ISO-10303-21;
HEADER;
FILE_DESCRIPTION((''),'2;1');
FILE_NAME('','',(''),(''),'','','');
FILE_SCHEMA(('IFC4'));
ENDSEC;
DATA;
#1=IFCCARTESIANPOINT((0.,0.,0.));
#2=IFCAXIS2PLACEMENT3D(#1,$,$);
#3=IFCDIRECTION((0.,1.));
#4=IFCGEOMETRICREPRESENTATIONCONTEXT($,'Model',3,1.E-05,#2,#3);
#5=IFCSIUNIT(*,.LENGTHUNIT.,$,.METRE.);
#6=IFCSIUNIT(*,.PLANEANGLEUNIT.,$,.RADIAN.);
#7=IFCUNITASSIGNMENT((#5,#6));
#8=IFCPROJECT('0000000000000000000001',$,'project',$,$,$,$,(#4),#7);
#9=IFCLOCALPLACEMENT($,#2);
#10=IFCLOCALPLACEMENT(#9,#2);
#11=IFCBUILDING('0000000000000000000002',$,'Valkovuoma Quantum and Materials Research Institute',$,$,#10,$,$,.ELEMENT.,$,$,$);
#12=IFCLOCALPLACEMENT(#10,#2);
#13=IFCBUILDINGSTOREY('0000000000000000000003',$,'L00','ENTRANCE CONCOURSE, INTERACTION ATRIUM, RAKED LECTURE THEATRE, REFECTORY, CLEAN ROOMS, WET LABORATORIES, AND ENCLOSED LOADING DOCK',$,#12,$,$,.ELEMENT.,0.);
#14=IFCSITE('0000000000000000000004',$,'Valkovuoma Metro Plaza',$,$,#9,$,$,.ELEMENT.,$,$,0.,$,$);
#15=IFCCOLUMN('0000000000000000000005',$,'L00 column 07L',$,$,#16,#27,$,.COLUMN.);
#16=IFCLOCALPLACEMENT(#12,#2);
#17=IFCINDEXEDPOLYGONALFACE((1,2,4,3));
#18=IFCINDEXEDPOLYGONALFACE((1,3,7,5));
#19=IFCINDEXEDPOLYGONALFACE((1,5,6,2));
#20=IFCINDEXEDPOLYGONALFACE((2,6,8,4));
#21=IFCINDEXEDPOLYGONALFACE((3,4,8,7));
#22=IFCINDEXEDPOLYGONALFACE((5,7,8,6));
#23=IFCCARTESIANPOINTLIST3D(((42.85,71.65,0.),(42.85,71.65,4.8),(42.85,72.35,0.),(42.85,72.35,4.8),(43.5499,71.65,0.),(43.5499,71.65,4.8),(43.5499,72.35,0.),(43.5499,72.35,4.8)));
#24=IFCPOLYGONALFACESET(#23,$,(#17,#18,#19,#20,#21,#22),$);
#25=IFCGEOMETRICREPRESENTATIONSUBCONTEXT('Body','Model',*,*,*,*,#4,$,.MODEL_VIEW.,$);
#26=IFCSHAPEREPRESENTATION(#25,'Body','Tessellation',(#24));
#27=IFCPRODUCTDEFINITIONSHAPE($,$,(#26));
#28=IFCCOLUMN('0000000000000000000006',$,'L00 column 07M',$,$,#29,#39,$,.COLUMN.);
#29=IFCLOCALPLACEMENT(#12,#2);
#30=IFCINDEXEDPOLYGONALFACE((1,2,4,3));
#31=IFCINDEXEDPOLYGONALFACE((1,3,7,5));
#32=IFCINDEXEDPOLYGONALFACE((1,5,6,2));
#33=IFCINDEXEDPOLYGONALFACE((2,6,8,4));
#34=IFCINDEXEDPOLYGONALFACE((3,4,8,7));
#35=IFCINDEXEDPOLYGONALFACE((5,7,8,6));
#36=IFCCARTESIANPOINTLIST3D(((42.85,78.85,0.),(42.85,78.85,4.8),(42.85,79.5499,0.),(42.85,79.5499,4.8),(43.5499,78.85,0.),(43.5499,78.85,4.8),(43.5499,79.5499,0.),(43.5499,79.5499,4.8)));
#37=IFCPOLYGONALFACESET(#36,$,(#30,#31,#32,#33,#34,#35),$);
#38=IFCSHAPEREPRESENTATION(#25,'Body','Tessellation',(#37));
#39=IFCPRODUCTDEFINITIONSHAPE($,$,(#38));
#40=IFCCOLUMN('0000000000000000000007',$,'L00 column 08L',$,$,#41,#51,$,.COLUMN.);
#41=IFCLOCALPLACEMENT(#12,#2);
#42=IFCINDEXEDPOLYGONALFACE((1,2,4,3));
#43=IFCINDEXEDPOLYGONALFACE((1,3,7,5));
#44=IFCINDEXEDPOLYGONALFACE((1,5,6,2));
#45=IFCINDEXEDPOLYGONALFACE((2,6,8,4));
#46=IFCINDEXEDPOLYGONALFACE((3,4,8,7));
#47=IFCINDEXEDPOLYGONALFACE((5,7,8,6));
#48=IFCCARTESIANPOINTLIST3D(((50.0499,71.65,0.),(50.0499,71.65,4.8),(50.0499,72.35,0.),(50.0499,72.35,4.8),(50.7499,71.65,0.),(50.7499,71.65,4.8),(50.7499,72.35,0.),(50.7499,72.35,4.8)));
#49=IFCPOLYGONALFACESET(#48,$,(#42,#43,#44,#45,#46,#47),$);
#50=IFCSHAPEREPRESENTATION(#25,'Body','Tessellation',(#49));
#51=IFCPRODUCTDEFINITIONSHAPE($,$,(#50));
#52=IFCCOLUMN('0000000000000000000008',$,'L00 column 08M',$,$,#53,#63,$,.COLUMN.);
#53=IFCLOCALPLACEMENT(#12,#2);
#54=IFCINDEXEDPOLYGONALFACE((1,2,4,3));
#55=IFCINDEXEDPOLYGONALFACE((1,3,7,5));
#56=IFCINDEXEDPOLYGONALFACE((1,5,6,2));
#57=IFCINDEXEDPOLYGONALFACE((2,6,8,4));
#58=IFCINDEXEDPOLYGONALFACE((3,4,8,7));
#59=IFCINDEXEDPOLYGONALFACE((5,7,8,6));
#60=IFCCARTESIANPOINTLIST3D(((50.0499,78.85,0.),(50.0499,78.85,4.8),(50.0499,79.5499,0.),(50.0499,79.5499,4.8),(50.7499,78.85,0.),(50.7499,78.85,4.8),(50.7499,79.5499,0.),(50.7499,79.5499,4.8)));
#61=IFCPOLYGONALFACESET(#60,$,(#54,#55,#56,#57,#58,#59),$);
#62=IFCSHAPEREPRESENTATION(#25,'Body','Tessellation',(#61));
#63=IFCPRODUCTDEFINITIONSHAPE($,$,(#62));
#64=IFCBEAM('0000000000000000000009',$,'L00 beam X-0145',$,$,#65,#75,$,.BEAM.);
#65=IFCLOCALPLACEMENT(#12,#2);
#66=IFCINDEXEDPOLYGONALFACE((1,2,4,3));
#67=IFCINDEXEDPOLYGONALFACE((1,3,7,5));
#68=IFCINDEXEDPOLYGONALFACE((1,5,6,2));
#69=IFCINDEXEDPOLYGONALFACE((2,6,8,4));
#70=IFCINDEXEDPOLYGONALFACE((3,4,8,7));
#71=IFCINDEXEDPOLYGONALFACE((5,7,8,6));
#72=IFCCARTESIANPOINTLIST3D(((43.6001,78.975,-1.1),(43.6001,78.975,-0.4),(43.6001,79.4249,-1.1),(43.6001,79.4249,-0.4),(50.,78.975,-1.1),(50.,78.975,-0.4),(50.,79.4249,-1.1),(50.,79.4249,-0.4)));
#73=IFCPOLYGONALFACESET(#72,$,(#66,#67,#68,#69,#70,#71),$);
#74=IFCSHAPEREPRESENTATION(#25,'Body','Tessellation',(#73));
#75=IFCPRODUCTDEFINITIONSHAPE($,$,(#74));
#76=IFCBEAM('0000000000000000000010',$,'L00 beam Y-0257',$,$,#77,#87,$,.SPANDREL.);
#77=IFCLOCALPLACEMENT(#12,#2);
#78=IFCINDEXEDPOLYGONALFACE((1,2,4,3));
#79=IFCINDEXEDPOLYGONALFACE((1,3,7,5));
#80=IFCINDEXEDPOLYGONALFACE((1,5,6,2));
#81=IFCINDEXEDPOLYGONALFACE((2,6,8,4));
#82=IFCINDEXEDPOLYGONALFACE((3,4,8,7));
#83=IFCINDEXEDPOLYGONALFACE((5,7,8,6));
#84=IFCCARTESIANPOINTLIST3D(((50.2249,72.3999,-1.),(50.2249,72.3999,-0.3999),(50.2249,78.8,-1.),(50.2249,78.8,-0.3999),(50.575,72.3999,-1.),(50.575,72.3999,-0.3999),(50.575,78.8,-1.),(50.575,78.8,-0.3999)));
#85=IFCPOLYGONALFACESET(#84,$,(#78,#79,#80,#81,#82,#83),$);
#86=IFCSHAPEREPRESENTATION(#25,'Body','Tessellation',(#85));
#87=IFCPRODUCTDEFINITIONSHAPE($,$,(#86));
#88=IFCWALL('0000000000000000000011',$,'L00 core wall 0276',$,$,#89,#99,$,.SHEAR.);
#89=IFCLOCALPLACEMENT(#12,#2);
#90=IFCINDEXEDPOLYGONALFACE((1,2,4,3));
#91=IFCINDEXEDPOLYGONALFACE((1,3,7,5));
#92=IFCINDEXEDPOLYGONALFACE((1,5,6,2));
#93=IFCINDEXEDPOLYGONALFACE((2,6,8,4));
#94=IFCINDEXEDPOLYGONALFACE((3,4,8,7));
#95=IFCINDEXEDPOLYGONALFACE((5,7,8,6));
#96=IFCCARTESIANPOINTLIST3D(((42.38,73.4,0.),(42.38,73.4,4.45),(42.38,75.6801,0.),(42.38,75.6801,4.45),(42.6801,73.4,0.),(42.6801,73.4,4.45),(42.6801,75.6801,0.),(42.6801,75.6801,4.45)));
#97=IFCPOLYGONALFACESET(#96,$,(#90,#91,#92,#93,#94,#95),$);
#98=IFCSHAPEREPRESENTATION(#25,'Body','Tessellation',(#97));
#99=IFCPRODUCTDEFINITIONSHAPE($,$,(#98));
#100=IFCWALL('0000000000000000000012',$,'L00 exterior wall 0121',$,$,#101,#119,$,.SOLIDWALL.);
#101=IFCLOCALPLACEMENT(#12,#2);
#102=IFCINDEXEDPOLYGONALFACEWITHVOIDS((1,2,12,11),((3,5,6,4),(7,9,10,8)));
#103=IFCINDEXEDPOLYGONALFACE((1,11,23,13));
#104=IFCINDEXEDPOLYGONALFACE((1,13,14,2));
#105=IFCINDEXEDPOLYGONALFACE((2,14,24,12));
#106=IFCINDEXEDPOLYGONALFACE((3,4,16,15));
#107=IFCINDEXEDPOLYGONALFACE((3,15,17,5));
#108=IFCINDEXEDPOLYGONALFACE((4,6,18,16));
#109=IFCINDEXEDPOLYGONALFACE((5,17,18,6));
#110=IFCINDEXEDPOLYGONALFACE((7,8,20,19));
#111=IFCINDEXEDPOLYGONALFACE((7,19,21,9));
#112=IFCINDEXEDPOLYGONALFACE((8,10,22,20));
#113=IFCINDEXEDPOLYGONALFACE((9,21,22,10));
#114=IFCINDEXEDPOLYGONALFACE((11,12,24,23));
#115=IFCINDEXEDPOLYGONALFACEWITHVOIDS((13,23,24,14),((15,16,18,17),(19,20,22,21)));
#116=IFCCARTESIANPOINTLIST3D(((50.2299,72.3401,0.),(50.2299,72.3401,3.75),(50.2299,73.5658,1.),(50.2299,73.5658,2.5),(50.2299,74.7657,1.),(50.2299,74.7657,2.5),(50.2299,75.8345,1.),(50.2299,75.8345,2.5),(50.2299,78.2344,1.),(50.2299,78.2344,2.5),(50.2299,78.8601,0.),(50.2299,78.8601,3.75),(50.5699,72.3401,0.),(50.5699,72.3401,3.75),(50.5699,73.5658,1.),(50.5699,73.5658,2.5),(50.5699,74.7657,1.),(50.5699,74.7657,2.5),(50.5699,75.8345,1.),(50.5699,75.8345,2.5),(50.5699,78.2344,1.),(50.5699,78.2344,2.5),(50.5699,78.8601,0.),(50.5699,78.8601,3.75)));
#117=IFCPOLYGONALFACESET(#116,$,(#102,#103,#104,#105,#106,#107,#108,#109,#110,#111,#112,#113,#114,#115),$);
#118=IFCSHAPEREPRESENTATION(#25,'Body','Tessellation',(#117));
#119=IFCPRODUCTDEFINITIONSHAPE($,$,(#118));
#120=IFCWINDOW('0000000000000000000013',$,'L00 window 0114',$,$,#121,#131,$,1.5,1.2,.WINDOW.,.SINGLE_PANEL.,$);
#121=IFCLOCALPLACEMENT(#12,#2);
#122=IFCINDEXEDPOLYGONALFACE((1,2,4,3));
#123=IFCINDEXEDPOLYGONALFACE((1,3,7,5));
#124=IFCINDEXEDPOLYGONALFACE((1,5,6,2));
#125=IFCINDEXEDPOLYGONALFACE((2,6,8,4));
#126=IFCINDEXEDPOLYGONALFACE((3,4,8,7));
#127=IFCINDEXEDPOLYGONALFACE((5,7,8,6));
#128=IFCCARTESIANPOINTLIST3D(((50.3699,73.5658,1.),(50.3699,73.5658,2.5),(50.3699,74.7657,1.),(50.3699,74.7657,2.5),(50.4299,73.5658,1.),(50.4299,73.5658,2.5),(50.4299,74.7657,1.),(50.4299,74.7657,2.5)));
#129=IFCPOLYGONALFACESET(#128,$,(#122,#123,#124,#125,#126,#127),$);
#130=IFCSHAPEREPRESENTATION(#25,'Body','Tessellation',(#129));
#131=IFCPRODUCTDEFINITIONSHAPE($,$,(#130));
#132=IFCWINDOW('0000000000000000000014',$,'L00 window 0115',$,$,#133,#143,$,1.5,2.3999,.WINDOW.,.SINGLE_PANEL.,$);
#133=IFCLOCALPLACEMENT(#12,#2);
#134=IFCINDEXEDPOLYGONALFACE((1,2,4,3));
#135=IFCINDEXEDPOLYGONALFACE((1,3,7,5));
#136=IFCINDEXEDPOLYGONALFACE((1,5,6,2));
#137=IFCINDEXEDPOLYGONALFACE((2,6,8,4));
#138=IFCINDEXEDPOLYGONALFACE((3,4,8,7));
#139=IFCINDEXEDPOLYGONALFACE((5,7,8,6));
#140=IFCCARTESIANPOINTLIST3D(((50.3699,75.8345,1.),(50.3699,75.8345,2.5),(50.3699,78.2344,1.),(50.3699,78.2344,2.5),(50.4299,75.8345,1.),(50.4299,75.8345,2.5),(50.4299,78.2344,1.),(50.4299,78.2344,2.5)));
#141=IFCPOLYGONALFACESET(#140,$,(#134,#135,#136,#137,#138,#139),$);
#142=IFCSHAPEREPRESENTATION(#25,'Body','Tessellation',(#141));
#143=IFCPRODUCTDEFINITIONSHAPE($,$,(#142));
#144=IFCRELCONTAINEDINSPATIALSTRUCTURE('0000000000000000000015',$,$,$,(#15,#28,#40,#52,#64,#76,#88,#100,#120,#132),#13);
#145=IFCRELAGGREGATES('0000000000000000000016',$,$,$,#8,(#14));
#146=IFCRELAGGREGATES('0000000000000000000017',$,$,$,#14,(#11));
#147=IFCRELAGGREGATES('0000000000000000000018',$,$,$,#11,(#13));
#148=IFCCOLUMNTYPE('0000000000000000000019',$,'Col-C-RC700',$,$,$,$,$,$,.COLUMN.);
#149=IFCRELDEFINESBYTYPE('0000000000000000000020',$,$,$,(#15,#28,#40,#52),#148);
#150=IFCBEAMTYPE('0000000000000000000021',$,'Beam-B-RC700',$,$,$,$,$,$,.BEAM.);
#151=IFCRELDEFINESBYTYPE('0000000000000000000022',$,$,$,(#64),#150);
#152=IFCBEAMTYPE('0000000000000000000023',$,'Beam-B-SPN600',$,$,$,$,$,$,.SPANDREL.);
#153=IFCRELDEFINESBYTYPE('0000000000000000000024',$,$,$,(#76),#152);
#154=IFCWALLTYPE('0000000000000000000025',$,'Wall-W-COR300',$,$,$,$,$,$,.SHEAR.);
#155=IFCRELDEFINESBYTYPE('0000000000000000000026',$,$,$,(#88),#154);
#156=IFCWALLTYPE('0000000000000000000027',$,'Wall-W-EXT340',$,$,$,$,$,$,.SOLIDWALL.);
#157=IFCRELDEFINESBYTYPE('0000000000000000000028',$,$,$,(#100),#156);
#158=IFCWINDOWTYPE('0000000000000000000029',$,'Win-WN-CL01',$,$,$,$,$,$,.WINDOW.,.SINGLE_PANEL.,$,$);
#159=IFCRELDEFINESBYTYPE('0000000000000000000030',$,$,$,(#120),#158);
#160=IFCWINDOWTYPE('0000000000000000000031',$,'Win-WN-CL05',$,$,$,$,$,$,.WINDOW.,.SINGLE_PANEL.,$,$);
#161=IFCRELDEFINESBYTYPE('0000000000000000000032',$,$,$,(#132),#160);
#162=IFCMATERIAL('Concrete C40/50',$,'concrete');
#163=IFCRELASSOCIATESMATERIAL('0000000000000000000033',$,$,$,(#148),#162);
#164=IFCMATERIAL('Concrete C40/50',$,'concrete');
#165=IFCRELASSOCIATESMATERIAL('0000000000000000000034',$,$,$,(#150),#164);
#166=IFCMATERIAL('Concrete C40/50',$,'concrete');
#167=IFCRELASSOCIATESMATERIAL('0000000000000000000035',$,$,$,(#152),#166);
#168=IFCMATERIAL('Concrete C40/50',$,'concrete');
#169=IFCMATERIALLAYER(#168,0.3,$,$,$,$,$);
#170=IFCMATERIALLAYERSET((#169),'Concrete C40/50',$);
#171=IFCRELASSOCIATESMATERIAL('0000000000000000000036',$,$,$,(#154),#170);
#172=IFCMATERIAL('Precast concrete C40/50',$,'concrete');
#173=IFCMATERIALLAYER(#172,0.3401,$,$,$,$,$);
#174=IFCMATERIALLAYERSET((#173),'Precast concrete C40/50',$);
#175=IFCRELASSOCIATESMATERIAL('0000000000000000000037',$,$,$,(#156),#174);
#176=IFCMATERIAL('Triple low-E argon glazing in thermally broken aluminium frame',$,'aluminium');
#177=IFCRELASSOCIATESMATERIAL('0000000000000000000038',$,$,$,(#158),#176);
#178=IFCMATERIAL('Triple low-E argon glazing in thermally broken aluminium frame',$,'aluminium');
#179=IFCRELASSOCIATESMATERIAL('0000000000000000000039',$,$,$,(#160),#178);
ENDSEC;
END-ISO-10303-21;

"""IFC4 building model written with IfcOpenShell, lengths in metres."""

from ifc_helpers import new_model, si_unit, direction, frame, frame_2d, origin, origin_2d, place, context, subcontext, project, spatial, rectangle, extrude, material, layer, layer_set, material_profile, profile_set, type_object, element, fill, save


model = new_model("IFC4")

# Units and contexts
model_context = context("Model", 3, precision=1e-05, world=origin(), true_north=direction((0.0, 1.0)))
body_context = subcontext(model_context, "Body", "Model", "MODEL_VIEW")
ifc_project = project(units=[si_unit("LENGTHUNIT", "METRE"), si_unit("PLANEANGLEUNIT", "RADIAN")], contexts=[model_context])

# Site, building, storey
site_placement = place(None, origin())
site = spatial("IfcSite", under=ifc_project, at=site_placement, Name="Valkovuoma Metro Plaza", CompositionType="ELEMENT", RefElevation=0.0)
building_placement = place(site_placement, origin())
building = spatial("IfcBuilding", under=site, at=building_placement, Name="Valkovuoma Quantum and Materials Research Institute", CompositionType="ELEMENT")
storey_placement = place(building_placement, origin())
storey = spatial("IfcBuildingStorey", under=building, at=storey_placement, Name="L00", Description="ENTRANCE CONCOURSE, INTERACTION ATRIUM, RAKED LECTURE THEATRE, REFECTORY, CLEAN ROOMS, WET LABORATORIES, AND ENCLOSED LOADING DOCK", CompositionType="ELEMENT", Elevation=0.0)

# Columns
ifc_material_1 = material(Name="Concrete C40/50", Category="concrete")
ifc_material_profile_1 = material_profile(ifc_material_1, rectangle(XDim=0.7, YDim=0.7, at=origin_2d()), Name="Concrete C40/50")
ifc_profile_set_1 = profile_set([ifc_material_profile_1], Name="Concrete C40/50")
column_type = type_object("IfcColumnType", Name="Col-C-RC700", PredefinedType="COLUMN", material=ifc_profile_set_1)
for number, where, z_axis, x_axis, name in (
    (1, (43.2, 72.0, 0.0), (0.0, 0.0, 1.0), (1.0, 0.0, 0.0), "L00 column 07L"),
    (2, (43.2, 79.2, 0.0), (0.0, 0.0, 1.0), (1.0, 0.0, 0.0), "L00 column 07M"),
    (3, (50.3999, 72.0, 0.0), (0.0, 0.0, 1.0), (1.0, 0.0, 0.0), "L00 column 08L"),
    (4, (50.3999, 79.2, 0.0), (0.0, 0.0, 1.0), (1.0, 0.0, 0.0), "L00 column 08M"),
):
    element("IfcColumn", number, at=place(storey_placement, frame(where, z_axis=z_axis, x_axis=x_axis)), inside=storey, type_object=column_type, Name=name, PredefinedType="COLUMN", context=body_context, shape_type="SweptSolid", body=[
        extrude(rectangle(XDim=0.7, YDim=0.7, at=origin_2d()), origin(), (0.0, 0.0, 1.0), 4.8),
    ])

# Beams
ifc_material_2 = material(Name="Concrete C40/50", Category="concrete")
ifc_material_profile_2 = material_profile(ifc_material_2, rectangle(XDim=0.45, YDim=0.7, at=origin_2d()), Name="Concrete C40/50")
ifc_profile_set_2 = profile_set([ifc_material_profile_2], Name="Concrete C40/50")
beam_type_1 = type_object("IfcBeamType", Name="Beam-B-RC700", PredefinedType="BEAM", material=ifc_profile_set_2)
beam_1_placement = place(storey_placement, frame((43.6001, 79.2, -0.75), z_axis=(1.0, 0.0, 0.0), x_axis=(0.0, 1.0, 0.0)))
element("IfcBeam", 5, at=beam_1_placement, inside=storey, type_object=beam_type_1, Name="L00 beam X-0145", PredefinedType="BEAM", context=body_context, shape_type="SweptSolid", body=[
    extrude(rectangle(XDim=0.45, YDim=0.7, at=origin_2d()), origin(), (0.0, 0.0, 1.0), 6.3999),
])
ifc_material_3 = material(Name="Concrete C40/50", Category="concrete")
ifc_material_profile_3 = material_profile(ifc_material_3, rectangle(XDim=0.3501, YDim=0.6001, at=origin_2d()), Name="Concrete C40/50")
ifc_profile_set_3 = profile_set([ifc_material_profile_3], Name="Concrete C40/50")
beam_type_2 = type_object("IfcBeamType", Name="Beam-B-SPN600", PredefinedType="SPANDREL", material=ifc_profile_set_3)
beam_2_placement = place(storey_placement, frame((50.3999, 72.3999, -0.7), z_axis=(0.0, 1.0, 0.0), x_axis=(-1.0, 0.0, 0.0)))
element("IfcBeam", 6, at=beam_2_placement, inside=storey, type_object=beam_type_2, Name="L00 beam Y-0257", PredefinedType="SPANDREL", context=body_context, shape_type="SweptSolid", body=[
    extrude(rectangle(XDim=0.3501, YDim=0.6001, at=origin_2d()), origin(), (0.0, 0.0, 1.0), 6.4001),
])

# Wall
ifc_material_4 = material(Name="Concrete C40/50", Category="concrete")
ifc_layer_1 = layer(ifc_material_4, 0.3)
ifc_layer_set_1 = layer_set([ifc_layer_1], Name="Concrete C40/50")
wall_type_1 = type_object("IfcWallType", Name="Wall-W-COR300", PredefinedType="SHEAR", material=ifc_layer_set_1)
wall_1_placement = place(storey_placement, frame((42.53, 73.3999, 0.0), z_axis=(0.0, 0.0, 1.0), x_axis=(0.0, 1.0, 0.0)))
element("IfcWall", 7, at=wall_1_placement, inside=storey, type_object=wall_type_1, Name="L00 core wall 0276", PredefinedType="SHEAR", context=body_context, shape_type="SweptSolid", body=[
    extrude(rectangle(XDim=2.28, YDim=0.3, at=frame_2d((1.1401, 0.0))), origin(), (0.0, 0.0, 1.0), 4.45),
])

# Wall, openings, windows
ifc_material_5 = material(Name="Precast concrete C40/50", Category="concrete")
ifc_layer_2 = layer(ifc_material_5, 0.3401)
ifc_layer_set_2 = layer_set([ifc_layer_2], Name="Precast concrete C40/50")
wall_type_2 = type_object("IfcWallType", Name="Wall-W-EXT340", PredefinedType="SOLIDWALL", material=ifc_layer_set_2)
wall_2_placement = place(storey_placement, frame((50.3999, 72.3401, 0.0), z_axis=(0.0, 0.0, 1.0), x_axis=(0.0, 1.0, 0.0)))
wall_2 = element("IfcWall", 8, at=wall_2_placement, inside=storey, type_object=wall_type_2, Name="L00 exterior wall 0121", PredefinedType="SOLIDWALL", context=body_context, shape_type="SweptSolid", body=[
    extrude(rectangle(XDim=6.52, YDim=0.3401, at=frame_2d((3.26, 0.0))), origin(), (0.0, 0.0, 1.0), 3.75),
])
opening_1_placement = place(wall_2_placement, frame((1.2256, 0.0, 1.0)))
opening_1 = element("IfcOpeningElement", 9, at=opening_1_placement, cuts=wall_2, PredefinedType="OPENING", context=body_context, shape_type="SweptSolid", body=[
    extrude(rectangle(XDim=1.2, YDim=1.5, at=frame_2d((0.6001, 0.75))), frame((0.0, 0.1802, 0.0), z_axis=(0.0, -1.0, 0.0), x_axis=(1.0, 0.0, 0.0)), (0.0, 0.0, 1.0), 0.3601),
])
opening_2_placement = place(wall_2_placement, frame((3.4944, 0.0, 1.0)))
opening_2 = element("IfcOpeningElement", 10, at=opening_2_placement, cuts=wall_2, PredefinedType="OPENING", context=body_context, shape_type="SweptSolid", body=[
    extrude(rectangle(XDim=2.3999, YDim=1.5, at=frame_2d((1.2, 0.75))), frame((0.0, 0.1802, 0.0), z_axis=(0.0, -1.0, 0.0), x_axis=(1.0, 0.0, 0.0)), (0.0, 0.0, 1.0), 0.3601),
])
ifc_material_6 = material(Name="Triple low-E argon glazing in thermally broken aluminium frame", Category="aluminium")
window_type_1 = type_object("IfcWindowType", Name="Win-WN-CL01", PartitioningType="SINGLE_PANEL", PredefinedType="WINDOW", material=ifc_material_6)
window_1_placement = place(opening_1_placement, origin())
window_1 = element("IfcWindow", 11, at=window_1_placement, inside=storey, type_object=window_type_1, Name="L00 window 0114", OverallHeight=1.5, OverallWidth=1.2, PartitioningType="SINGLE_PANEL", PredefinedType="WINDOW", context=body_context, shape_type="SweptSolid", body=[
    extrude(rectangle(XDim=1.2, YDim=1.5, at=frame_2d((0.6001, 0.75))), frame((0.0, 0.03, 0.0), z_axis=(0.0, -1.0, 0.0), x_axis=(1.0, 0.0, 0.0)), (0.0, 0.0, 1.0), 0.0601),
])
fill(opening_1, window_1)
ifc_material_7 = material(Name="Triple low-E argon glazing in thermally broken aluminium frame", Category="aluminium")
window_type_2 = type_object("IfcWindowType", Name="Win-WN-CL05", PartitioningType="SINGLE_PANEL", PredefinedType="WINDOW", material=ifc_material_7)
window_2_placement = place(opening_2_placement, origin())
window_2 = element("IfcWindow", 12, at=window_2_placement, inside=storey, type_object=window_type_2, Name="L00 window 0115", OverallHeight=1.5, OverallWidth=2.3999, PartitioningType="SINGLE_PANEL", PredefinedType="WINDOW", context=body_context, shape_type="SweptSolid", body=[
    extrude(rectangle(XDim=2.3999, YDim=1.5, at=frame_2d((1.2, 0.75))), frame((0.0, 0.03, 0.0), z_axis=(0.0, -1.0, 0.0), x_axis=(1.0, 0.0, 0.0)), (0.0, 0.0, 1.0), 0.0601),
])
fill(opening_2, window_2)

save(model, "model.ifc")
